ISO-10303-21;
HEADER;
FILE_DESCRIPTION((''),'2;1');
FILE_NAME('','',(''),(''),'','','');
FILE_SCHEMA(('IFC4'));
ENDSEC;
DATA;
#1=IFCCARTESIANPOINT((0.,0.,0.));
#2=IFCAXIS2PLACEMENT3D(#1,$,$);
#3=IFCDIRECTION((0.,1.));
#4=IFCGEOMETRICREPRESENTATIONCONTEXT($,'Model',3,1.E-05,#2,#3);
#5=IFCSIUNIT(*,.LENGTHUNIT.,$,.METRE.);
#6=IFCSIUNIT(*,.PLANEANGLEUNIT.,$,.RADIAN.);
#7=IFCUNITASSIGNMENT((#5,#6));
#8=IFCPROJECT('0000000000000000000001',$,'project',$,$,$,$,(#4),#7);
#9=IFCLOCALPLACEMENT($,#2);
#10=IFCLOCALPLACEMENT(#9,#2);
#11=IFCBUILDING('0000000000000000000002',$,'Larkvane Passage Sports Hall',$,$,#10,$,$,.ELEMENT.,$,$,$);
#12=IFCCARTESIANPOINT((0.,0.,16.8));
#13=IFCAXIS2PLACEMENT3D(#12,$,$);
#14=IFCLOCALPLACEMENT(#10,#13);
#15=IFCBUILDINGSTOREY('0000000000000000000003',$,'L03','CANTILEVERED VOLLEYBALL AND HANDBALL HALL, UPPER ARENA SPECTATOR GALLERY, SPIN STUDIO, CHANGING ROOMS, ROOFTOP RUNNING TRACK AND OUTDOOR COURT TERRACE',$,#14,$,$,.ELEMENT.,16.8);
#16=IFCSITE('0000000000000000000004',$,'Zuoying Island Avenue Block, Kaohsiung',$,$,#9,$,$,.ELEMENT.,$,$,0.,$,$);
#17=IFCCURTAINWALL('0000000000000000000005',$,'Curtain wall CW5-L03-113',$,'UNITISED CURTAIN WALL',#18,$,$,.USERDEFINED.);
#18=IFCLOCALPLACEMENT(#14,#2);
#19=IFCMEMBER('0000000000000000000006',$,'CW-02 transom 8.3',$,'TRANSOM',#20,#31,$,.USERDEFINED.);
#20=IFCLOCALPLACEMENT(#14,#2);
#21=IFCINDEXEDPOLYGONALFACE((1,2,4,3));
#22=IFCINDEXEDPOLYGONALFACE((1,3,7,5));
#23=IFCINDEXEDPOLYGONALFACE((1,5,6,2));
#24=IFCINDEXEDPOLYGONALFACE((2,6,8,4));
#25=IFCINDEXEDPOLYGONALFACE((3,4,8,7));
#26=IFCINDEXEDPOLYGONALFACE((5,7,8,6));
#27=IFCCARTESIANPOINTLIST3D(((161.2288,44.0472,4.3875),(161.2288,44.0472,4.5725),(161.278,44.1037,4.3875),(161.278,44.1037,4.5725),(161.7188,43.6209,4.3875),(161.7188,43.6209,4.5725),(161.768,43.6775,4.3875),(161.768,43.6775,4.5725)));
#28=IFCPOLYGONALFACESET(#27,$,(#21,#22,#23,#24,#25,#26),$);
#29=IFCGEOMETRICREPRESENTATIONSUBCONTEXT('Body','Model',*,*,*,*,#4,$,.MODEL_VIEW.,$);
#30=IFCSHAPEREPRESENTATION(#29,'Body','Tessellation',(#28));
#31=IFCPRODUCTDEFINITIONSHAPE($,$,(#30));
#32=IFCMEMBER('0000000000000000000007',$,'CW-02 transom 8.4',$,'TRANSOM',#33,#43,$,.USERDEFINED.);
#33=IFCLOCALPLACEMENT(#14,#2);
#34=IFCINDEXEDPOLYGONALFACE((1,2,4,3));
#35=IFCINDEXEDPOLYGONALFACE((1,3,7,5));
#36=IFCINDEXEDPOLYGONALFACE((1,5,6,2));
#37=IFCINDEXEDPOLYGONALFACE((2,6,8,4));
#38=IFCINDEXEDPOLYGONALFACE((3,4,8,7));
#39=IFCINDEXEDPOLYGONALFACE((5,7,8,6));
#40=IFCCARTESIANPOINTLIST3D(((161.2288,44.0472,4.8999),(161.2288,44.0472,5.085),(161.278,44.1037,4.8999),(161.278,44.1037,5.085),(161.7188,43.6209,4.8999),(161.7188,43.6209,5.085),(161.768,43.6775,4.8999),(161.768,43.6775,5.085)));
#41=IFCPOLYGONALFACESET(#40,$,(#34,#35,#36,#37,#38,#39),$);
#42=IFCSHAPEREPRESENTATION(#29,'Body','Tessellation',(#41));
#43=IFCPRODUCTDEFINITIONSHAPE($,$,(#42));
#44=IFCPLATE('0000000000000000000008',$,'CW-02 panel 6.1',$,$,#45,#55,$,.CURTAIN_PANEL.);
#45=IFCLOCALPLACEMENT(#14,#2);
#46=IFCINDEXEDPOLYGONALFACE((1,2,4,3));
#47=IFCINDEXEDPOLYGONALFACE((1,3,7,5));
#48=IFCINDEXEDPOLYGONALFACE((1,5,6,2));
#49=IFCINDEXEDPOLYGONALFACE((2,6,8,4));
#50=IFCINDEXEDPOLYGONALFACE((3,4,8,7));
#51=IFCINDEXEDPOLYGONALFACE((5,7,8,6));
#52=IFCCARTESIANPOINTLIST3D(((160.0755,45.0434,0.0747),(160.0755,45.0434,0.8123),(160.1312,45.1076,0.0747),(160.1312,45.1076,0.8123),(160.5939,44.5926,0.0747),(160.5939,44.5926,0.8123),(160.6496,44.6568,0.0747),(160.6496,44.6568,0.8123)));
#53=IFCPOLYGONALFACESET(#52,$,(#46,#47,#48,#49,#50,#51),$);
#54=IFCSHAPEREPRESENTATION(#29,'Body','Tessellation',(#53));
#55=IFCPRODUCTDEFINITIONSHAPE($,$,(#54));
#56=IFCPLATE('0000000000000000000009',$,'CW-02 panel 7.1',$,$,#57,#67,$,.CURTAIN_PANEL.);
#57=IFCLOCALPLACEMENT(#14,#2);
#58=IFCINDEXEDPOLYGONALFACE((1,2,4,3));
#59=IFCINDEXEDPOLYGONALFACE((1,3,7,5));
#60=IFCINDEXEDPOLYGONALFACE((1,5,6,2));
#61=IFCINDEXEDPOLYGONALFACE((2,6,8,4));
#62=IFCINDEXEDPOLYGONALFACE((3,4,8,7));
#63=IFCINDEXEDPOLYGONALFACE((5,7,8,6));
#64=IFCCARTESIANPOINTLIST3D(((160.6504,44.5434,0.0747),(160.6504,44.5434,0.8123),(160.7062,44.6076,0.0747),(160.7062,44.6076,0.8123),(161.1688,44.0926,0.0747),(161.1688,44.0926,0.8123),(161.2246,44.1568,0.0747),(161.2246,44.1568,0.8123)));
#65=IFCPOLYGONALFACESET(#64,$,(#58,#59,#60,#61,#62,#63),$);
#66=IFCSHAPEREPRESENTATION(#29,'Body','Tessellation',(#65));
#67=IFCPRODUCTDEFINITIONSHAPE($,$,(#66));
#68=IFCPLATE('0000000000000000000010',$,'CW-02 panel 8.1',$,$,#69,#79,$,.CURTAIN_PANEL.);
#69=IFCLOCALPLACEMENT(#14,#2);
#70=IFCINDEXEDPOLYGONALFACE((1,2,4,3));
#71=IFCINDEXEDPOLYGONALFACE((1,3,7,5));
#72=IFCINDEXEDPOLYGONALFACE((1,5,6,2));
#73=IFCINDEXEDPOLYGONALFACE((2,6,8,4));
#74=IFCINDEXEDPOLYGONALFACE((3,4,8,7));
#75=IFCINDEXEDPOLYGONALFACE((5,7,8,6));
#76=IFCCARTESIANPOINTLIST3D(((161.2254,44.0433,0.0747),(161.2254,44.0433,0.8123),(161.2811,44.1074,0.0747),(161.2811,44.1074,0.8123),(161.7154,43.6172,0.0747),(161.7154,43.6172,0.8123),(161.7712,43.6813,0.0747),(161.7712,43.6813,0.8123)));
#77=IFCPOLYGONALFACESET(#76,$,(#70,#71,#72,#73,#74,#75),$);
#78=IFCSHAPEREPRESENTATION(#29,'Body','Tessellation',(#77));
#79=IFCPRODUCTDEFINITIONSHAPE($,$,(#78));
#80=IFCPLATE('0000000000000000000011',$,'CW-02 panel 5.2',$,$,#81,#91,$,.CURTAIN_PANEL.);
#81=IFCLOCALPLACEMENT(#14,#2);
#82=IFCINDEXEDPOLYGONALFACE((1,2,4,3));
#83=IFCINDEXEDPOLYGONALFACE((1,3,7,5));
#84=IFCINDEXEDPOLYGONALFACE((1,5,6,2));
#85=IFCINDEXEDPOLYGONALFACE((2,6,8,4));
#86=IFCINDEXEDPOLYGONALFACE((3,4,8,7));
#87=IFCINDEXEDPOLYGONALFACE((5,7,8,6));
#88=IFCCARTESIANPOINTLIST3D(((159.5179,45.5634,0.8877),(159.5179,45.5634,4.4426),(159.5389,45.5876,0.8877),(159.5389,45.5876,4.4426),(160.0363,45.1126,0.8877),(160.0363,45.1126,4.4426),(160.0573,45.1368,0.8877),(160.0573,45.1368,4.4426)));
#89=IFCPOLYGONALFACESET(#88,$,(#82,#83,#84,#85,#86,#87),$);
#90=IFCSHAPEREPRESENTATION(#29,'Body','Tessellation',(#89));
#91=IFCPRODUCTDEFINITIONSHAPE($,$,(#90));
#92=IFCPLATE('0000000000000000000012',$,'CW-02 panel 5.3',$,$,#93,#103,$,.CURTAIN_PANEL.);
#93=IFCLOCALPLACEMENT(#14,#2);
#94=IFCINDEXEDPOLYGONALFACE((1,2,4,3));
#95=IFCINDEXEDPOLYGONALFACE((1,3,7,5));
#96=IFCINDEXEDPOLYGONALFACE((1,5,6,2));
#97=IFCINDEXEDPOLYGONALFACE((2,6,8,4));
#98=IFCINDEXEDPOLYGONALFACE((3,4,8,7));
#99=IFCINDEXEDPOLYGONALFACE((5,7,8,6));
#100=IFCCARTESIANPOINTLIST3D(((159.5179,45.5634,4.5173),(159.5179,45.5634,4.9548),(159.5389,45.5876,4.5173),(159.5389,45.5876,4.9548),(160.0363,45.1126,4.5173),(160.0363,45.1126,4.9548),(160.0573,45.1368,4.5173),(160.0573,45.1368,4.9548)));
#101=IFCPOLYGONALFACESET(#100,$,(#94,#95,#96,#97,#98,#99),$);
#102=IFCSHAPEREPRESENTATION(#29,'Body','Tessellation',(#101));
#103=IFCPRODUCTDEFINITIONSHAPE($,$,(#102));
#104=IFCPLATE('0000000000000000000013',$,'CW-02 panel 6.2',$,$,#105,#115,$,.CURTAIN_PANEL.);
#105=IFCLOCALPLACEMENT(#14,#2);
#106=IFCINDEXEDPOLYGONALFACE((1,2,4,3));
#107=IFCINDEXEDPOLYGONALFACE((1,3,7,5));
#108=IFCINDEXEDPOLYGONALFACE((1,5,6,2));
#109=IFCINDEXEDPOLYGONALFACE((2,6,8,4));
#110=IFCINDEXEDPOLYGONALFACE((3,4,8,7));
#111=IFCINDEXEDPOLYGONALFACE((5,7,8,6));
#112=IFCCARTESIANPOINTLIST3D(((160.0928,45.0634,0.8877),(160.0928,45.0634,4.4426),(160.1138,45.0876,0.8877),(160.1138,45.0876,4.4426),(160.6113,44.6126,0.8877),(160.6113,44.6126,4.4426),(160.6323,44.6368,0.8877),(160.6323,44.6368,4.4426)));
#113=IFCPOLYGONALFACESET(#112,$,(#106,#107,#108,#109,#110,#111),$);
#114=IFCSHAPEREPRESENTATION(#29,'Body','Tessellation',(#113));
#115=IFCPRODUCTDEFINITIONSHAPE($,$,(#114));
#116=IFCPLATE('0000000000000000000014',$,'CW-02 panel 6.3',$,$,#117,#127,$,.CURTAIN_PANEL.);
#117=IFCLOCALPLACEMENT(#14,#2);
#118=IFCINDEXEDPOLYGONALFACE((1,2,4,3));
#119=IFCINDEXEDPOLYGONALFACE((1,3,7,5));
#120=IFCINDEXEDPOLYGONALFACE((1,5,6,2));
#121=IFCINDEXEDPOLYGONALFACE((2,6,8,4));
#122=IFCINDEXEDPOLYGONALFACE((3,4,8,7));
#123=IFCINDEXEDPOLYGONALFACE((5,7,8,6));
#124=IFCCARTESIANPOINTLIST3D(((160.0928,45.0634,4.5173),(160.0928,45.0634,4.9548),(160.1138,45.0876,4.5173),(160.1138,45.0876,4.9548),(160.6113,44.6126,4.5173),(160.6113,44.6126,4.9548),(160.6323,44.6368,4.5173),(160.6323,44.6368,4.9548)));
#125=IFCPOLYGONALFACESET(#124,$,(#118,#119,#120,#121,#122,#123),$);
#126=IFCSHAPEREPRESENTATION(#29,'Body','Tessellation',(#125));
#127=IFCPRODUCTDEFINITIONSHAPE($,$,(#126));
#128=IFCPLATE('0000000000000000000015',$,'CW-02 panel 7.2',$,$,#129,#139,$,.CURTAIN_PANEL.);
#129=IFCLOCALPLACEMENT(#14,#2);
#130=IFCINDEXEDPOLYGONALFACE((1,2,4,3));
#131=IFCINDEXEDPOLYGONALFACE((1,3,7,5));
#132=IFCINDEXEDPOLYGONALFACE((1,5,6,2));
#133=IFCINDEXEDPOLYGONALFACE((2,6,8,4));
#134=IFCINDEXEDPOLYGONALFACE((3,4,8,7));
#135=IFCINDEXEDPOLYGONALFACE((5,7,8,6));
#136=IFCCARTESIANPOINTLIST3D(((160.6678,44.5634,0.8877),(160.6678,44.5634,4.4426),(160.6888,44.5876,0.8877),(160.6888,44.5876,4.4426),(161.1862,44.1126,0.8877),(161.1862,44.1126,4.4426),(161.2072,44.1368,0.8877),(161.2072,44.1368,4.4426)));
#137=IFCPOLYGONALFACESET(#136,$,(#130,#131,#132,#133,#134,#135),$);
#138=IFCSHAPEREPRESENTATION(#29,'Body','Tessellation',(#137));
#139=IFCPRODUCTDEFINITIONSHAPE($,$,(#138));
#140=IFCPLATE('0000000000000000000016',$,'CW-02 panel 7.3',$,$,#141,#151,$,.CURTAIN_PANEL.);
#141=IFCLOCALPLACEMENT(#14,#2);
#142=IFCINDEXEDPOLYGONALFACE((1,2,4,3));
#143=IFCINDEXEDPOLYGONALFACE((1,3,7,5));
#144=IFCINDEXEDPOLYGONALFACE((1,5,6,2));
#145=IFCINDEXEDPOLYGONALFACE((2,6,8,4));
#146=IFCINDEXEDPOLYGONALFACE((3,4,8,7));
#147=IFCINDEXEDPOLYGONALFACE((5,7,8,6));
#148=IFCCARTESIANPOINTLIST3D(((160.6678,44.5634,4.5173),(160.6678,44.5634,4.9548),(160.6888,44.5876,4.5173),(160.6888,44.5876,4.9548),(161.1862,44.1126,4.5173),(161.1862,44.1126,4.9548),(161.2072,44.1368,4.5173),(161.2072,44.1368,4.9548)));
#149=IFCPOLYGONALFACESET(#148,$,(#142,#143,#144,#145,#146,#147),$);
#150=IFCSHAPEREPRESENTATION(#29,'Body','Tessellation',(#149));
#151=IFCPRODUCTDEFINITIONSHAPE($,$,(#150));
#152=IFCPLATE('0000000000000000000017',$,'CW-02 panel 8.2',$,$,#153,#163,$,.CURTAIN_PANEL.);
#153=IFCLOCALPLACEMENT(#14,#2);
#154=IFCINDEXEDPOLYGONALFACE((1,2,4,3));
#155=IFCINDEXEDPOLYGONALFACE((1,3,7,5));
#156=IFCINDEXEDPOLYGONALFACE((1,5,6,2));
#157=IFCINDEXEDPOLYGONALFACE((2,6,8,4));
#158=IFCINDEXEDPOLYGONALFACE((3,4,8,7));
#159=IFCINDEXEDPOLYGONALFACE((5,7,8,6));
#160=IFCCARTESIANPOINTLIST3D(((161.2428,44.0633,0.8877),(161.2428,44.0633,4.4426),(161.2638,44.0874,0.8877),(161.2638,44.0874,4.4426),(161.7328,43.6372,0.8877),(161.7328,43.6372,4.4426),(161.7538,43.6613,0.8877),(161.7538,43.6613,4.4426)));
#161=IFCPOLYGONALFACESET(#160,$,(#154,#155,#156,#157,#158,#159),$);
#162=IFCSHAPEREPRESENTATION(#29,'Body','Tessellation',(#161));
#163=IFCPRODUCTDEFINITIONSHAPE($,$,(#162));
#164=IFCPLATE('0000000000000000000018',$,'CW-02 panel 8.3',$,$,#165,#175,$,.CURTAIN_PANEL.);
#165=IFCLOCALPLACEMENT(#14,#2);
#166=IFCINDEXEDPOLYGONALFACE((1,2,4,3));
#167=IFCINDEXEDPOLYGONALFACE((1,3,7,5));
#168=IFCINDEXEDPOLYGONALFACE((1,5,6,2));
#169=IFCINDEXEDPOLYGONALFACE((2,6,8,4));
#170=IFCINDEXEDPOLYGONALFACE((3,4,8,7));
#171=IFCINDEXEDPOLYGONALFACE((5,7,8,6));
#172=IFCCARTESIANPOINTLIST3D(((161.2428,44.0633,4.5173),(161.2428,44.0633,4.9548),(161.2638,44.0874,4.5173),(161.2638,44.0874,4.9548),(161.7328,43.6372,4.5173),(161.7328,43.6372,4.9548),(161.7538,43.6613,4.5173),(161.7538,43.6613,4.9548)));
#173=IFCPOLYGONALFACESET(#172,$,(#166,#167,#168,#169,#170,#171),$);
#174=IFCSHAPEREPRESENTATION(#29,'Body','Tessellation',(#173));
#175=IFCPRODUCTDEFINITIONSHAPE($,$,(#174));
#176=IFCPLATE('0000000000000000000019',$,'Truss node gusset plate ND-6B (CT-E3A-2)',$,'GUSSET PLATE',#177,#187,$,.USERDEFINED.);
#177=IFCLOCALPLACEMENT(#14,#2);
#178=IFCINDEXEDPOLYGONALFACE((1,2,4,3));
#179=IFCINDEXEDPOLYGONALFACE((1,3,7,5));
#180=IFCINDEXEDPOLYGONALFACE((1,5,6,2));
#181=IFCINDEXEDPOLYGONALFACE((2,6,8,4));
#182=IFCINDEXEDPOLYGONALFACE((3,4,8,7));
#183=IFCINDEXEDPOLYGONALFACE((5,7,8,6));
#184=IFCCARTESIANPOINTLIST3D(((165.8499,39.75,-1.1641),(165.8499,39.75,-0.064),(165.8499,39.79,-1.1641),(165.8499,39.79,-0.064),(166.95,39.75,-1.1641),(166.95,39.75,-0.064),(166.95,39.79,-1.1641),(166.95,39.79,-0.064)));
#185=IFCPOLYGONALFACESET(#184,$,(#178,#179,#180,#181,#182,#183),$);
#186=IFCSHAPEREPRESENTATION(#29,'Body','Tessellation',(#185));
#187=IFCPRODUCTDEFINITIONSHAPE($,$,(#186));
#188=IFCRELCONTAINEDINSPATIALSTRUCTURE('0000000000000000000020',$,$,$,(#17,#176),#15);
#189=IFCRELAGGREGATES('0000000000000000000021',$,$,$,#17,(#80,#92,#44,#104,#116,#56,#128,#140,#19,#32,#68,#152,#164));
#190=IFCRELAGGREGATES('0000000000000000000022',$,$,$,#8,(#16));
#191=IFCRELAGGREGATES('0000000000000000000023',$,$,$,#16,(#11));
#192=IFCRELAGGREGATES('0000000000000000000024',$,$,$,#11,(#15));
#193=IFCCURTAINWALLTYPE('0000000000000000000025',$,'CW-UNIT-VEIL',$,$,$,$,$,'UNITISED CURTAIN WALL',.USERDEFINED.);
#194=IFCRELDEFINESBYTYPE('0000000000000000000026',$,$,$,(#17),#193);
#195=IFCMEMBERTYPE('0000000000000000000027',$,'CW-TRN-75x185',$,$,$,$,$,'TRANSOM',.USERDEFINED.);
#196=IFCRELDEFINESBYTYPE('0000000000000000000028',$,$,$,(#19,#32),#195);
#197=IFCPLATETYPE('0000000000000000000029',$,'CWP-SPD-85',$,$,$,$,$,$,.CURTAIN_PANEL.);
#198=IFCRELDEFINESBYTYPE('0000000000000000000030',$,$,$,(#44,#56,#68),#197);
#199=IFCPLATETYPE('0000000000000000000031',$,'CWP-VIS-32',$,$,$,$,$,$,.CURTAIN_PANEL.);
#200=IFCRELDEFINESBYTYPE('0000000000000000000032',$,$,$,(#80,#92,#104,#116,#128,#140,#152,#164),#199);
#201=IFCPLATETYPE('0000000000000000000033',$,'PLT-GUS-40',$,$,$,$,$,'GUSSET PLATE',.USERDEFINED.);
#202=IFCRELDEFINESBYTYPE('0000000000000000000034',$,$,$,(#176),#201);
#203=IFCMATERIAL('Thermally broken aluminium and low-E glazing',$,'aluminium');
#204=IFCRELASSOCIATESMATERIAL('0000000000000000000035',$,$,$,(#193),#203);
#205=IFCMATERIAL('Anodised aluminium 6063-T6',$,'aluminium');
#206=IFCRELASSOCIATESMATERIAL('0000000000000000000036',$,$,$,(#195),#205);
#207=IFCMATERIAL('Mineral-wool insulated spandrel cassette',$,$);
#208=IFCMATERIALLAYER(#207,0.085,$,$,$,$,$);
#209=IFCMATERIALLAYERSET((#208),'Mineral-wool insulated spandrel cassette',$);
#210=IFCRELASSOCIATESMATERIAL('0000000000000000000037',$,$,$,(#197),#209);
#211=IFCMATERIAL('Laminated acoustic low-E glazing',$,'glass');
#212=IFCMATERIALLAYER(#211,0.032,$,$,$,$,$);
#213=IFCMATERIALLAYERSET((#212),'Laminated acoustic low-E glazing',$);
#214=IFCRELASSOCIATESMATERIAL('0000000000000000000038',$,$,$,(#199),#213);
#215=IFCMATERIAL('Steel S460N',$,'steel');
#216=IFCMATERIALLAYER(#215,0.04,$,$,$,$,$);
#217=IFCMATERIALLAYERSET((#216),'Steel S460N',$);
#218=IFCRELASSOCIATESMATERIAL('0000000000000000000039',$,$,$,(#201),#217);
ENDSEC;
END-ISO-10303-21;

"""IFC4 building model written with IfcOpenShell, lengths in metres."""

from ifc_helpers import new_model, si_unit, direction, frame, origin, origin_2d, place, context, subcontext, project, spatial, rectangle, extrude, material, layer, layer_set, material_profile, profile_set, type_object, element, aggregate, save


model = new_model("IFC4")

# Units and contexts
model_context = context("Model", 3, precision=1e-05, world=origin(), true_north=direction((0.0, 1.0)))
body_context = subcontext(model_context, "Body", "Model", "MODEL_VIEW")
ifc_project = project(units=[si_unit("LENGTHUNIT", "METRE"), si_unit("PLANEANGLEUNIT", "RADIAN")], contexts=[model_context])

# Site, building, storey
site_placement = place(None, origin())
site = spatial("IfcSite", under=ifc_project, at=site_placement, Name="Zuoying Island Avenue Block, Kaohsiung", CompositionType="ELEMENT", RefElevation=0.0)
building_placement = place(site_placement, origin())
building = spatial("IfcBuilding", under=site, at=building_placement, Name="Larkvane Passage Sports Hall", CompositionType="ELEMENT")
storey_placement = place(building_placement, frame((0.0, 0.0, 16.8)))
storey = spatial("IfcBuildingStorey", under=building, at=storey_placement, Name="L03", Description="CANTILEVERED VOLLEYBALL AND HANDBALL HALL, UPPER ARENA SPECTATOR GALLERY, SPIN STUDIO, CHANGING ROOMS, ROOFTOP RUNNING TRACK AND OUTDOOR COURT TERRACE", CompositionType="ELEMENT", Elevation=16.8)

# Curtain wall, members, plates
ifc_material_1 = material(Name="Thermally broken aluminium and low-E glazing", Category="aluminium")
curtain_wall_type = type_object("IfcCurtainWallType", Name="CW-UNIT-VEIL", ElementType="UNITISED CURTAIN WALL", PredefinedType="USERDEFINED", material=ifc_material_1)
curtain_wall_placement = place(storey_placement, origin())
curtain_wall = element("IfcCurtainWall", 1, at=curtain_wall_placement, inside=storey, type_object=curtain_wall_type, Name="Curtain wall CW5-L03-113", ObjectType="UNITISED CURTAIN WALL", PredefinedType="USERDEFINED")
ifc_material_2 = material(Name="Anodised aluminium 6063-T6", Category="aluminium")
ifc_material_profile_1 = material_profile(ifc_material_2, rectangle(XDim=0.075, YDim=0.1851, at=origin_2d()), Name="ALU-TRN-75x185")
ifc_profile_set_1 = profile_set([ifc_material_profile_1], Name="Anodised aluminium 6063-T6")
member_type_1 = type_object("IfcMemberType", Name="CW-TRN-75x185", ElementType="TRANSOM", PredefinedType="USERDEFINED", material=ifc_profile_set_1)
member_1_placement = place(storey_placement, frame((161.2534, 44.0754, 4.48), z_axis=(0.75446, -0.656346, 0.0), x_axis=(0.656346, 0.75446, 0.0)))
member_1 = element("IfcMember", 2, at=member_1_placement, type_object=member_type_1, Name="CW-02 transom 8.3", ObjectType="TRANSOM", PredefinedType="USERDEFINED", context=body_context, shape_type="SweptSolid", body=[
    extrude(rectangle(XDim=0.075, YDim=0.1851, at=origin_2d()), origin(), (0.0, 0.0, 1.0), 0.6494),
])
member_2_placement = place(storey_placement, frame((161.2534, 44.0754, 4.9924), z_axis=(0.75446, -0.656346, 0.0), x_axis=(0.656346, 0.75446, 0.0)))
member_2 = element("IfcMember", 3, at=member_2_placement, type_object=member_type_1, Name="CW-02 transom 8.4", ObjectType="TRANSOM", PredefinedType="USERDEFINED", context=body_context, shape_type="SweptSolid", body=[
    extrude(rectangle(XDim=0.075, YDim=0.1851, at=origin_2d()), origin(), (0.0, 0.0, 1.0), 0.6494),
])
ifc_material_3 = material(Name="Mineral-wool insulated spandrel cassette")
ifc_layer_1 = layer(ifc_material_3, 0.085)
ifc_layer_set_1 = layer_set([ifc_layer_1], Name="Mineral-wool insulated spandrel cassette")
plate_type_1 = type_object("IfcPlateType", Name="CWP-SPD-85", PredefinedType="CURTAIN_PANEL", material=ifc_layer_set_1)
plate_1_placement = place(storey_placement, frame((160.3625, 44.8501, 0.0747), z_axis=(0.0, 0.0, 1.0), x_axis=(0.754606, -0.656179, 0.0)))
plate_1 = element("IfcPlate", 4, at=plate_1_placement, type_object=plate_type_1, Name="CW-02 panel 6.1", PredefinedType="CURTAIN_PANEL", context=body_context, shape_type="SweptSolid", body=[
    extrude(rectangle(XDim=0.687, YDim=0.085, at=origin_2d()), origin(), (0.0, 0.0, 1.0), 0.7375),
])
plate_2_placement = place(storey_placement, frame((160.9375, 44.3501, 0.0747), z_axis=(0.0, 0.0, 1.0), x_axis=(0.754606, -0.656179, 0.0)))
plate_2 = element("IfcPlate", 5, at=plate_2_placement, type_object=plate_type_1, Name="CW-02 panel 7.1", PredefinedType="CURTAIN_PANEL", context=body_context, shape_type="SweptSolid", body=[
    extrude(rectangle(XDim=0.687, YDim=0.085, at=origin_2d()), origin(), (0.0, 0.0, 1.0), 0.7375),
])
plate_3_placement = place(storey_placement, frame((161.4983, 43.8623, 0.0747), z_axis=(0.0, 0.0, 1.0), x_axis=(0.754606, -0.656179, 0.0)))
plate_3 = element("IfcPlate", 6, at=plate_3_placement, type_object=plate_type_1, Name="CW-02 panel 8.1", PredefinedType="CURTAIN_PANEL", context=body_context, shape_type="SweptSolid", body=[
    extrude(rectangle(XDim=0.6494, YDim=0.085, at=origin_2d()), origin(), (0.0, 0.0, 1.0), 0.7375),
])
ifc_material_4 = material(Name="Laminated acoustic low-E glazing", Category="glass")
ifc_layer_2 = layer(ifc_material_4, 0.032)
ifc_layer_set_2 = layer_set([ifc_layer_2], Name="Laminated acoustic low-E glazing")
plate_type_2 = type_object("IfcPlateType", Name="CWP-VIS-32", PredefinedType="CURTAIN_PANEL", material=ifc_layer_set_2)
plate_4_placement = place(storey_placement, frame((159.7876, 45.3501, 0.8877), z_axis=(0.0, 0.0, 1.0), x_axis=(0.754606, -0.656179, 0.0)))
plate_4 = element("IfcPlate", 7, at=plate_4_placement, type_object=plate_type_2, Name="CW-02 panel 5.2", PredefinedType="CURTAIN_PANEL", context=body_context, shape_type="SweptSolid", body=[
    extrude(rectangle(XDim=0.687, YDim=0.032, at=origin_2d()), origin(), (0.0, 0.0, 1.0), 3.5549),
])
plate_5_placement = place(storey_placement, frame((159.7876, 45.3501, 4.5173), z_axis=(0.0, 0.0, 1.0), x_axis=(0.754606, -0.656179, 0.0)))
plate_5 = element("IfcPlate", 8, at=plate_5_placement, type_object=plate_type_2, Name="CW-02 panel 5.3", PredefinedType="CURTAIN_PANEL", context=body_context, shape_type="SweptSolid", body=[
    extrude(rectangle(XDim=0.687, YDim=0.032, at=origin_2d()), origin(), (0.0, 0.0, 1.0), 0.4375),
])
plate_6_placement = place(storey_placement, frame((160.3625, 44.8501, 0.8877), z_axis=(0.0, 0.0, 1.0), x_axis=(0.754606, -0.656179, 0.0)))
plate_6 = element("IfcPlate", 9, at=plate_6_placement, type_object=plate_type_2, Name="CW-02 panel 6.2", PredefinedType="CURTAIN_PANEL", context=body_context, shape_type="SweptSolid", body=[
    extrude(rectangle(XDim=0.687, YDim=0.032, at=origin_2d()), origin(), (0.0, 0.0, 1.0), 3.5549),
])
plate_7_placement = place(storey_placement, frame((160.3625, 44.8501, 4.5173), z_axis=(0.0, 0.0, 1.0), x_axis=(0.754606, -0.656179, 0.0)))
plate_7 = element("IfcPlate", 10, at=plate_7_placement, type_object=plate_type_2, Name="CW-02 panel 6.3", PredefinedType="CURTAIN_PANEL", context=body_context, shape_type="SweptSolid", body=[
    extrude(rectangle(XDim=0.687, YDim=0.032, at=origin_2d()), origin(), (0.0, 0.0, 1.0), 0.4375),
])
plate_8_placement = place(storey_placement, frame((160.9375, 44.3501, 0.8877), z_axis=(0.0, 0.0, 1.0), x_axis=(0.754606, -0.656179, 0.0)))
plate_8 = element("IfcPlate", 11, at=plate_8_placement, type_object=plate_type_2, Name="CW-02 panel 7.2", PredefinedType="CURTAIN_PANEL", context=body_context, shape_type="SweptSolid", body=[
    extrude(rectangle(XDim=0.687, YDim=0.032, at=origin_2d()), origin(), (0.0, 0.0, 1.0), 3.5549),
])
plate_9_placement = place(storey_placement, frame((160.9375, 44.3501, 4.5173), z_axis=(0.0, 0.0, 1.0), x_axis=(0.754606, -0.656179, 0.0)))
plate_9 = element("IfcPlate", 12, at=plate_9_placement, type_object=plate_type_2, Name="CW-02 panel 7.3", PredefinedType="CURTAIN_PANEL", context=body_context, shape_type="SweptSolid", body=[
    extrude(rectangle(XDim=0.687, YDim=0.032, at=origin_2d()), origin(), (0.0, 0.0, 1.0), 0.4375),
])
plate_10_placement = place(storey_placement, frame((161.4983, 43.8623, 0.8877), z_axis=(0.0, 0.0, 1.0), x_axis=(0.754606, -0.656179, 0.0)))
plate_10 = element("IfcPlate", 13, at=plate_10_placement, type_object=plate_type_2, Name="CW-02 panel 8.2", PredefinedType="CURTAIN_PANEL", context=body_context, shape_type="SweptSolid", body=[
    extrude(rectangle(XDim=0.6494, YDim=0.032, at=origin_2d()), origin(), (0.0, 0.0, 1.0), 3.5549),
])
plate_11_placement = place(storey_placement, frame((161.4983, 43.8623, 4.5173), z_axis=(0.0, 0.0, 1.0), x_axis=(0.754606, -0.656179, 0.0)))
plate_11 = element("IfcPlate", 14, at=plate_11_placement, type_object=plate_type_2, Name="CW-02 panel 8.3", PredefinedType="CURTAIN_PANEL", context=body_context, shape_type="SweptSolid", body=[
    extrude(rectangle(XDim=0.6494, YDim=0.032, at=origin_2d()), origin(), (0.0, 0.0, 1.0), 0.4375),
])
aggregate(curtain_wall, [plate_4, plate_5, plate_1, plate_6, plate_7, plate_2, plate_8, plate_9, member_1, member_2, plate_3, plate_10, plate_11])

# Plate
ifc_material_5 = material(Name="Steel S460N", Category="steel")
ifc_layer_3 = layer(ifc_material_5, 0.04)
ifc_layer_set_3 = layer_set([ifc_layer_3], Name="Steel S460N")
plate_type_3 = type_object("IfcPlateType", Name="PLT-GUS-40", ElementType="GUSSET PLATE", PredefinedType="USERDEFINED", material=ifc_layer_set_3)
for number, where, z_axis, x_axis, name in (
    (15, (166.3999, 39.77, -1.1641), (0.0, 0.0, 1.0), (1.0, 0.0, 0.0), "Truss node gusset plate ND-6B (CT-E3A-2)"),
):
    element("IfcPlate", number, at=place(storey_placement, frame(where, z_axis=z_axis, x_axis=x_axis)), inside=storey, type_object=plate_type_3, Name=name, ObjectType="GUSSET PLATE", PredefinedType="USERDEFINED", context=body_context, shape_type="SweptSolid", body=[
        extrude(rectangle(XDim=1.1001, YDim=0.04, at=origin_2d()), origin(), (0.0, 0.0, 1.0), 1.1001),
    ])

save(model, "model.ifc")
